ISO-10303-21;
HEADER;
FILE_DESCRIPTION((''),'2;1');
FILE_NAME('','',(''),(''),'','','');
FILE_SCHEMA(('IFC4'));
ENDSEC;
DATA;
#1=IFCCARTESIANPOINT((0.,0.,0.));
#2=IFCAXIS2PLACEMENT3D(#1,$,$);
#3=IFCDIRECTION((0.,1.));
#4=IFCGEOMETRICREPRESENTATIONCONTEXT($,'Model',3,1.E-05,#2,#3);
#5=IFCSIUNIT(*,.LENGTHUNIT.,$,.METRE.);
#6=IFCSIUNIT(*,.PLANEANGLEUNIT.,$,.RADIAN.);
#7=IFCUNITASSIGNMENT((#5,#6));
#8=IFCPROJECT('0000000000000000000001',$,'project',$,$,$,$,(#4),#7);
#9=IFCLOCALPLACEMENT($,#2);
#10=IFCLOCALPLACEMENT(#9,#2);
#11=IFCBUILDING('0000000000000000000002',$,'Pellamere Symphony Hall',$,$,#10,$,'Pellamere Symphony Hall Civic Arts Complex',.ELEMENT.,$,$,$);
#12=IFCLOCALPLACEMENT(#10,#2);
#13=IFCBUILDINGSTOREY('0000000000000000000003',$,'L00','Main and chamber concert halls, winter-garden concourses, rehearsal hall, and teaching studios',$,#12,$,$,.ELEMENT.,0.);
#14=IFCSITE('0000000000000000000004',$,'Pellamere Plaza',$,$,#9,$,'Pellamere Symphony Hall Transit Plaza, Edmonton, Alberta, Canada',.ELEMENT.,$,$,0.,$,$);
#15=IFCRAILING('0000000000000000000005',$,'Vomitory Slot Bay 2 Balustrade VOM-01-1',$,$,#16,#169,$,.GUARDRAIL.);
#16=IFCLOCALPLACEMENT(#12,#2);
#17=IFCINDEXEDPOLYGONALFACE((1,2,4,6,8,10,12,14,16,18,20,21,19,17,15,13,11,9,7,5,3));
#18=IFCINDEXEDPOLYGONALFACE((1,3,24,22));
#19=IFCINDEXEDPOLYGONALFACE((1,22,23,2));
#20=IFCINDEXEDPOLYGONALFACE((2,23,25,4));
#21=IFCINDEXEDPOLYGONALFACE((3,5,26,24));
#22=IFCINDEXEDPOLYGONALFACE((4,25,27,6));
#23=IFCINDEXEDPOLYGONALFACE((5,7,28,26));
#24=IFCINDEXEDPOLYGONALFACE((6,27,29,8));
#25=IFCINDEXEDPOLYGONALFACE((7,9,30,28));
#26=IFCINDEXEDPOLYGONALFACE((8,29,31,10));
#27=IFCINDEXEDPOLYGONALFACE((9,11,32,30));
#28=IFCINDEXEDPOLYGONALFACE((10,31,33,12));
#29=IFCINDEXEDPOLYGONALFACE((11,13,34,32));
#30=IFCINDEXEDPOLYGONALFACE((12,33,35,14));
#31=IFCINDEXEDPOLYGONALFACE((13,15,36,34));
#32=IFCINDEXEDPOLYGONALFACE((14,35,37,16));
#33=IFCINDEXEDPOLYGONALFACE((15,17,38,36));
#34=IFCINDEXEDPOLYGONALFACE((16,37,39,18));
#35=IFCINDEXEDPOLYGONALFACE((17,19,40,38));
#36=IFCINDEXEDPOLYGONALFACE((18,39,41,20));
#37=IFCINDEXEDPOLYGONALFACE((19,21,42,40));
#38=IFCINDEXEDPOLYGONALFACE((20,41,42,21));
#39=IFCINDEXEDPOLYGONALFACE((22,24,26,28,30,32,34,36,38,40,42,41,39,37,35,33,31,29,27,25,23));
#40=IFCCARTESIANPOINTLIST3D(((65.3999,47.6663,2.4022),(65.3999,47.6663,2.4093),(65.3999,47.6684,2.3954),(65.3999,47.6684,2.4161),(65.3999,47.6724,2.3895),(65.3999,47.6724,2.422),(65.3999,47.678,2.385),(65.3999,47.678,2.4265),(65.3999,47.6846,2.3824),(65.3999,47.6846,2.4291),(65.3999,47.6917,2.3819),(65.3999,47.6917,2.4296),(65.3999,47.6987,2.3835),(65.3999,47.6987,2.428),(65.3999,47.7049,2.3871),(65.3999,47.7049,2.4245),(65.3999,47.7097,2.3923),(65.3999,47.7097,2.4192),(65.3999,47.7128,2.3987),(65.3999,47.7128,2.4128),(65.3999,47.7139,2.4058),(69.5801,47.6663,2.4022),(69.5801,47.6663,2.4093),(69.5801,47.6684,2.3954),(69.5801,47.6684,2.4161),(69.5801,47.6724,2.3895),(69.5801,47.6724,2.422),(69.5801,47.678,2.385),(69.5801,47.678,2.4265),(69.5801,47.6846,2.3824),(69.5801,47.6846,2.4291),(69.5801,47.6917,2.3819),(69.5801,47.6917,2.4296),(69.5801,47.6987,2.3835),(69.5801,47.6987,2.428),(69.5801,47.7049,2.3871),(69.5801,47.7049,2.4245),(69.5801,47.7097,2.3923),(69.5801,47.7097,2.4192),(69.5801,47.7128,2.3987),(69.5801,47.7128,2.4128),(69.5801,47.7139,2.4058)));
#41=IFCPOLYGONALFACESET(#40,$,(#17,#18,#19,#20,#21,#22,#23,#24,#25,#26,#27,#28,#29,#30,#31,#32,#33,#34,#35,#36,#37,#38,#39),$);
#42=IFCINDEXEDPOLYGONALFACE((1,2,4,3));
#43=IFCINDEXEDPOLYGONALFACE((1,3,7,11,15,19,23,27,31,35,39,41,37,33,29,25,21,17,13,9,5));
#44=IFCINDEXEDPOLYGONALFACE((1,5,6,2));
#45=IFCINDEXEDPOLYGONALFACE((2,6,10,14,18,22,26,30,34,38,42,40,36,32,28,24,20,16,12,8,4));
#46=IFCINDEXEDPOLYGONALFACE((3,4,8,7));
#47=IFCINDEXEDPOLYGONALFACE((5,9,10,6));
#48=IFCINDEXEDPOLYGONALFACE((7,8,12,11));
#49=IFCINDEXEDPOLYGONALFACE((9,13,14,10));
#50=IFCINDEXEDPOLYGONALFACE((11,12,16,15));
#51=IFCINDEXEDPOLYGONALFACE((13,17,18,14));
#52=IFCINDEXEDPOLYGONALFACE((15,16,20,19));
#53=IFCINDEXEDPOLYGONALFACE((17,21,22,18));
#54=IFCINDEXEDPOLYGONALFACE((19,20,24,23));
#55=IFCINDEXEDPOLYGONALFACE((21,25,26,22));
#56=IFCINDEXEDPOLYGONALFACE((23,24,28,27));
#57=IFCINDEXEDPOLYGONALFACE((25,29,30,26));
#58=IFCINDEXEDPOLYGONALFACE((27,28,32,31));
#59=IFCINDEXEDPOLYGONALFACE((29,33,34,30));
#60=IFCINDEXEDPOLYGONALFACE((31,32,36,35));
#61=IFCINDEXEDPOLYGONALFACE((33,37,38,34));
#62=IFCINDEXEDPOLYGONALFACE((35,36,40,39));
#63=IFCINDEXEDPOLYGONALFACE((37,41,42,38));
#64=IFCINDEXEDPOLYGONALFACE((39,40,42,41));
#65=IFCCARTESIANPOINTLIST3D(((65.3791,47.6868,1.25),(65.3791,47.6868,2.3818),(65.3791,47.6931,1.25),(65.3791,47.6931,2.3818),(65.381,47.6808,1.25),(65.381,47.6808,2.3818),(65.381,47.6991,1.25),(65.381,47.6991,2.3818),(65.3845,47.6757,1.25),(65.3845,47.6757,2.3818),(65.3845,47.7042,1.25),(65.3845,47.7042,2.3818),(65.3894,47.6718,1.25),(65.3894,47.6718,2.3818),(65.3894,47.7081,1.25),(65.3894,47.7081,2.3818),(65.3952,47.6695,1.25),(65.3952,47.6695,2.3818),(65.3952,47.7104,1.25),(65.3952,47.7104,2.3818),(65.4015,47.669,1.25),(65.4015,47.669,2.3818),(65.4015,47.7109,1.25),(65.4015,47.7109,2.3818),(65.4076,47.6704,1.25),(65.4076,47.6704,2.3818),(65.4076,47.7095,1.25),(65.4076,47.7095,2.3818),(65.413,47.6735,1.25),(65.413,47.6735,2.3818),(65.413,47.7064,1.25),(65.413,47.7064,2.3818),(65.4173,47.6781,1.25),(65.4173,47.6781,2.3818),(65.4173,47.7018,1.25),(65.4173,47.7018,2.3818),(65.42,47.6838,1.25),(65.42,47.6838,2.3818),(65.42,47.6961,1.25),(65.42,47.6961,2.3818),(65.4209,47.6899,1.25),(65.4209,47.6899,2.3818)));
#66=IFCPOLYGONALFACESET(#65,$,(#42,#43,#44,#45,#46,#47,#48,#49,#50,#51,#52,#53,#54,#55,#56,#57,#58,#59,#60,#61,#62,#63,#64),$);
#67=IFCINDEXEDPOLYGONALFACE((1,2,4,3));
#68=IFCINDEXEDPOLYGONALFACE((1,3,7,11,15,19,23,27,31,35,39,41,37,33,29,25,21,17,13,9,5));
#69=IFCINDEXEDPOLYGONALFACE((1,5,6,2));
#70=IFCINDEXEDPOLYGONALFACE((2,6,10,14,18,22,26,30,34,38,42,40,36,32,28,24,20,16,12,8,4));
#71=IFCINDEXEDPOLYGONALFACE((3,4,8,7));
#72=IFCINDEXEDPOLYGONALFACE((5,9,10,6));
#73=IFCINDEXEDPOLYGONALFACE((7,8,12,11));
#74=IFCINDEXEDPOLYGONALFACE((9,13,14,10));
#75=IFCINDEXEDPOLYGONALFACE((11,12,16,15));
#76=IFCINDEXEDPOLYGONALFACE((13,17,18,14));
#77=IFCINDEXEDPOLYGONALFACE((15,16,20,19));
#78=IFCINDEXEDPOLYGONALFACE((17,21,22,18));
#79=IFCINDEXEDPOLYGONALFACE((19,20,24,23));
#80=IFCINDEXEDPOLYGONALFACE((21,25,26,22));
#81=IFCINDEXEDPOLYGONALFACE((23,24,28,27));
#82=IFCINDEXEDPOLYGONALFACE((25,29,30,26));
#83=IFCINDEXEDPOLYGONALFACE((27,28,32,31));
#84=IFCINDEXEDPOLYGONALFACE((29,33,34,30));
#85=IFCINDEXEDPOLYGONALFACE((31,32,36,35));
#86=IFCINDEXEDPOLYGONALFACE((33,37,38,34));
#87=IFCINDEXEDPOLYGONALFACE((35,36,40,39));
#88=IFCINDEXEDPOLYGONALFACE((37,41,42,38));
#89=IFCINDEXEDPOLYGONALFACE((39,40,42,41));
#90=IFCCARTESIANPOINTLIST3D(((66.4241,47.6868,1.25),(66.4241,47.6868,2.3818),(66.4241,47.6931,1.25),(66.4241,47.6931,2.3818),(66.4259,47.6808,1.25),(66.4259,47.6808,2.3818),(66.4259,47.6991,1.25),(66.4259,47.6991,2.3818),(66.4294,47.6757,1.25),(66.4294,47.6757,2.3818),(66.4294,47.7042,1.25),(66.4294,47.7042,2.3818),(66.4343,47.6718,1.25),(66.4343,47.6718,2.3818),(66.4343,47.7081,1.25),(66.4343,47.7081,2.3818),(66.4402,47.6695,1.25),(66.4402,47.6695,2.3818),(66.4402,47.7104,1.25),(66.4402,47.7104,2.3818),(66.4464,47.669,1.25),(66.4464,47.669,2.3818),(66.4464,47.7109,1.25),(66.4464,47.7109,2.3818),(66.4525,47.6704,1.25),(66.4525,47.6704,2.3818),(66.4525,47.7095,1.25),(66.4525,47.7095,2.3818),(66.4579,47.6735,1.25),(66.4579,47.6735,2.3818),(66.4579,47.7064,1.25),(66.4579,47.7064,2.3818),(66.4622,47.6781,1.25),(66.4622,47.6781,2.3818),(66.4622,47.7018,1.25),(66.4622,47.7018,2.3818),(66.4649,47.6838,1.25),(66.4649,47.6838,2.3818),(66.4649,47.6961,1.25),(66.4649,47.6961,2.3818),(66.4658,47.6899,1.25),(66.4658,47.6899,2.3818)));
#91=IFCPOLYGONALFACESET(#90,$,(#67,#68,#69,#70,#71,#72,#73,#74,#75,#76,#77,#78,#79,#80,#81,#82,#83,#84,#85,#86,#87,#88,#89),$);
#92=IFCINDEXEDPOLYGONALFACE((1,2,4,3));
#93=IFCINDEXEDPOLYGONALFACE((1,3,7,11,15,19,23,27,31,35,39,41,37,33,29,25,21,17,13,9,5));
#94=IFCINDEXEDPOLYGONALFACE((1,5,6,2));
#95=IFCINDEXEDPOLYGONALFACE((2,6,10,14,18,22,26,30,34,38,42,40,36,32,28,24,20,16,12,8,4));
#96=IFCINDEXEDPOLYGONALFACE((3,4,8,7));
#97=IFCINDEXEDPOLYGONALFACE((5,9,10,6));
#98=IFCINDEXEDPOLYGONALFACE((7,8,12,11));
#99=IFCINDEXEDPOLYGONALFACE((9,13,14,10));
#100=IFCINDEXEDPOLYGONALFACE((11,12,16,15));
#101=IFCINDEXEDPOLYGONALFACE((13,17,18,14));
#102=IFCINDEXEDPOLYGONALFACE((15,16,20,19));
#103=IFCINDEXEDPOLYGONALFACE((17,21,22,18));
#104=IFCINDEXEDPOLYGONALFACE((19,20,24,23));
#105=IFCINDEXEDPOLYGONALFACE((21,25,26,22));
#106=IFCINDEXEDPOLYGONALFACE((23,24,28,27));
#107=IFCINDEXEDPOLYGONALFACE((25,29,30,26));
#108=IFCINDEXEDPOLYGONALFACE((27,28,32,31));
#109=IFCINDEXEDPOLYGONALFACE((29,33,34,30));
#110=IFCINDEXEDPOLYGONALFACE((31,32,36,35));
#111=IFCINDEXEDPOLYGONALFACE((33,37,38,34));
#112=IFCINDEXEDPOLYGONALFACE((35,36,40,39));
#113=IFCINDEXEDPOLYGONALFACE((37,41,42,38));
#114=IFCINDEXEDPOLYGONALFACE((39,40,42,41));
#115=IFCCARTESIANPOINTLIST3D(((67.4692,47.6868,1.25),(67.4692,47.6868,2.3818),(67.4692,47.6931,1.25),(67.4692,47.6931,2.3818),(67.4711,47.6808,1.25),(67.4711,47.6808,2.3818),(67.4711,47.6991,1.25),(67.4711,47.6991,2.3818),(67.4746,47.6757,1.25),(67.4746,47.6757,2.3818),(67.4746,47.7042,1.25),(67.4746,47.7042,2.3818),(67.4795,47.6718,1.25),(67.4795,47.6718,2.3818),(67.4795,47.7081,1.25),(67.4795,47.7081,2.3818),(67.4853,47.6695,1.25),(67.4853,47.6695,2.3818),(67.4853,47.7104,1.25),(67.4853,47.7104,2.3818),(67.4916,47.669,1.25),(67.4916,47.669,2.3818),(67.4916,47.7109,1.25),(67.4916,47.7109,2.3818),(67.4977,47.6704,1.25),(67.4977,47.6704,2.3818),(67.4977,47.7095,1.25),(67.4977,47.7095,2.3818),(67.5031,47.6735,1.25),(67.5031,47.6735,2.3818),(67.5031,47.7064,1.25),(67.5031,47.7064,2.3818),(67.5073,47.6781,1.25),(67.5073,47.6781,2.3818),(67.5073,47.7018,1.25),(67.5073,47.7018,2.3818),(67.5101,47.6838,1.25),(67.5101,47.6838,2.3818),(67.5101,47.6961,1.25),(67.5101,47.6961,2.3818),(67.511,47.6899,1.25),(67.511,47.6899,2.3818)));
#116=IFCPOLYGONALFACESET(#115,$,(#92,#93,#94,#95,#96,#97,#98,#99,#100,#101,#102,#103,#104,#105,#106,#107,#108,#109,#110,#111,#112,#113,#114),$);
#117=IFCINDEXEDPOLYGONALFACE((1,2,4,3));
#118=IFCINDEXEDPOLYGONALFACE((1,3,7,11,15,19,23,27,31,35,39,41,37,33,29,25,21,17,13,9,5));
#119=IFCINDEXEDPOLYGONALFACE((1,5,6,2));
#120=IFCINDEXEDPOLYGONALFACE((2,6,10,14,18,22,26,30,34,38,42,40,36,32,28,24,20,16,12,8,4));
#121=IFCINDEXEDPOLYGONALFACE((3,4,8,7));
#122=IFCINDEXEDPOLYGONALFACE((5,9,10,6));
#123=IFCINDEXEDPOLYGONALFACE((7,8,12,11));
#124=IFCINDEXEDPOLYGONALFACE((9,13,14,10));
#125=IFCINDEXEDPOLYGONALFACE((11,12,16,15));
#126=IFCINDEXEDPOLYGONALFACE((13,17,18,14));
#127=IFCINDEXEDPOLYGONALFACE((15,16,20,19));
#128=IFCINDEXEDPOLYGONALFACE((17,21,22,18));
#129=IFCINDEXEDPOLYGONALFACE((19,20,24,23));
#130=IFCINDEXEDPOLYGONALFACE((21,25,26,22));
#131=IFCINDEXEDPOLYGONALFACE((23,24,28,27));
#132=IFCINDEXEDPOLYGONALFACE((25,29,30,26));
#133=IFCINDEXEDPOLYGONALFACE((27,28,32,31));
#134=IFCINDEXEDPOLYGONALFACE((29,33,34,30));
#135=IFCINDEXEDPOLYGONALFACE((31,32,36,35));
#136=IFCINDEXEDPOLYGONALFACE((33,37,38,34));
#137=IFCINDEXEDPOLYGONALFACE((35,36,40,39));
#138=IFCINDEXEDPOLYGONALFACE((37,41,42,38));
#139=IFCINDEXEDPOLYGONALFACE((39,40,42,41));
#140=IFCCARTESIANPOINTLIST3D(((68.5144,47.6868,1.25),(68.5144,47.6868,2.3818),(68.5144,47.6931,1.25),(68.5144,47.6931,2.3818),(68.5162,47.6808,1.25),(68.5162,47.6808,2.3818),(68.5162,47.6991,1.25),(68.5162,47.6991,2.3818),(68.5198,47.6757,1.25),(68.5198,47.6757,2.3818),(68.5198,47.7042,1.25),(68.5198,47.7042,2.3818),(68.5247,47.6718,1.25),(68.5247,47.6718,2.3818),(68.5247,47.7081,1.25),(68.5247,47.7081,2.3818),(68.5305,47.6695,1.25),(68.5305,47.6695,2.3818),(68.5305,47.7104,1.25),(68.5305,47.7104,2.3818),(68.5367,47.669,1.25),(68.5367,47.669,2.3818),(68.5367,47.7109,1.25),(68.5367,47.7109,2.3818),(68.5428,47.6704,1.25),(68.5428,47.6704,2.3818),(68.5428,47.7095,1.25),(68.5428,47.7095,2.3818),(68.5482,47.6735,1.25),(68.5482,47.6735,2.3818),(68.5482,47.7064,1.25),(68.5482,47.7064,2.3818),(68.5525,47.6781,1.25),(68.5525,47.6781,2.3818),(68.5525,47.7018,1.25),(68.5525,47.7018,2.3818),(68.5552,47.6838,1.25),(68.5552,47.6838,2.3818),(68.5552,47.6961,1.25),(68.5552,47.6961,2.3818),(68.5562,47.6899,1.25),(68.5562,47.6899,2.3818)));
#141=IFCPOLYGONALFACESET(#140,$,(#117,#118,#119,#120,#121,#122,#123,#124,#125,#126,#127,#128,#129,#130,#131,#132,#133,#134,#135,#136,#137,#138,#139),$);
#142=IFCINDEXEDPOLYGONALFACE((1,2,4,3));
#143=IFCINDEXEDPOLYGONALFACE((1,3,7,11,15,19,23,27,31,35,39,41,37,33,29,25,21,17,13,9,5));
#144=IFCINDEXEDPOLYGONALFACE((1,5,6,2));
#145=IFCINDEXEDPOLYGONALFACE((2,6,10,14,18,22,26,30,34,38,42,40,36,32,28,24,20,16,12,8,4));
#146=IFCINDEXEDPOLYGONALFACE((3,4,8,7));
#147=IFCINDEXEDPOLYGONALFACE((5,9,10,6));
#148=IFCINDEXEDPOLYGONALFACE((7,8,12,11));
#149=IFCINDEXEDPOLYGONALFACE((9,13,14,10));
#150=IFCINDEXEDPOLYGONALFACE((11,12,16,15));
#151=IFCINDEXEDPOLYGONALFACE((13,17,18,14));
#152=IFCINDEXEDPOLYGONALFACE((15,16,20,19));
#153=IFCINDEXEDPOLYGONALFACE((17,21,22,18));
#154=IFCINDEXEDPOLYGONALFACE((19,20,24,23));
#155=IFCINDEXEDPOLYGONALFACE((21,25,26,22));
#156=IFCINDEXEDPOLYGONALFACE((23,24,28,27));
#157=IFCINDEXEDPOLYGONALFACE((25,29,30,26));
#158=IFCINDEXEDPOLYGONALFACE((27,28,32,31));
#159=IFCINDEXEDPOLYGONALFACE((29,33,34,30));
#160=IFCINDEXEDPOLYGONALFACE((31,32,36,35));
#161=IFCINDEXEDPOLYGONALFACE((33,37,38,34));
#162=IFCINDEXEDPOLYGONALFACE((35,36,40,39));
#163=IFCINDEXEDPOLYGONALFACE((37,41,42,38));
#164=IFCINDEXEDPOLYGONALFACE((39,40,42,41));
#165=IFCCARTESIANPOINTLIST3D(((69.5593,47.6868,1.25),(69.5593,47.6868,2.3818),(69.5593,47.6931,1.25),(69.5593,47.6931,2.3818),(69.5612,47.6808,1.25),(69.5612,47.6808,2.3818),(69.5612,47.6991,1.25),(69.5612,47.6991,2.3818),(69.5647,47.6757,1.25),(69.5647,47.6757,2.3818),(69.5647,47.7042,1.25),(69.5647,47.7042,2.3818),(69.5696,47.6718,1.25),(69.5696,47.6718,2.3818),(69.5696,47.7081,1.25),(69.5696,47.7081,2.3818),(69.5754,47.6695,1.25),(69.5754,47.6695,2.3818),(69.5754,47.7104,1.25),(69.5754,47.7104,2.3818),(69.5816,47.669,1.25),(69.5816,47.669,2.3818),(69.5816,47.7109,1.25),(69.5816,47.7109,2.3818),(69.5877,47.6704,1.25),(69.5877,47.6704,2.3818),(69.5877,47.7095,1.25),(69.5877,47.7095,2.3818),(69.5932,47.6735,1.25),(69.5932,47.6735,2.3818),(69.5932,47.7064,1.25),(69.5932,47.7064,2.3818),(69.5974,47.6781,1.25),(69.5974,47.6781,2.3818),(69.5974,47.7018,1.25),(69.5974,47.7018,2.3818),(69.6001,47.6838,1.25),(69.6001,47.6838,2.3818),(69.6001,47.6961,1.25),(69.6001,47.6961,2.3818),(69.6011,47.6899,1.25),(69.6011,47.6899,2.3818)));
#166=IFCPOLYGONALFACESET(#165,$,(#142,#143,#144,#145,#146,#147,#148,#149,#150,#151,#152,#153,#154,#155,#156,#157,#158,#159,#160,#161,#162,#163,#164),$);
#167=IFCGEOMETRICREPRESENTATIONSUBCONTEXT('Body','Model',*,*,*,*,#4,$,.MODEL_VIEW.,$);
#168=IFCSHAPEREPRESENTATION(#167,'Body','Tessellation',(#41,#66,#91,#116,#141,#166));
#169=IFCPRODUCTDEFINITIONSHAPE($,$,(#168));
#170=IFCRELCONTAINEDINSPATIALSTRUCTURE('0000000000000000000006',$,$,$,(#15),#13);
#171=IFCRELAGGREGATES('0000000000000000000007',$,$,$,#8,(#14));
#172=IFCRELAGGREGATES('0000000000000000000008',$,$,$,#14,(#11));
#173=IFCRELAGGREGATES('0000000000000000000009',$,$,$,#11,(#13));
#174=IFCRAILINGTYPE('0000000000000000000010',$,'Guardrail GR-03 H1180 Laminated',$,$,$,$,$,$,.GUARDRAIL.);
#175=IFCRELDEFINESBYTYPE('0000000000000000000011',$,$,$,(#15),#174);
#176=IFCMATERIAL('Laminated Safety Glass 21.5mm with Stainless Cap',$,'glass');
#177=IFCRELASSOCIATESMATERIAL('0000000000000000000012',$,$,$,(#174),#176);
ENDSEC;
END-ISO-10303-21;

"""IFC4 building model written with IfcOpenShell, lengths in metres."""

from ifc_helpers import new_model, si_unit, direction, frame, origin, origin_2d, place, context, subcontext, project, spatial, circle, extrude, material, type_object, element, save


model = new_model("IFC4")

# Units and contexts
model_context = context("Model", 3, precision=1e-05, world=origin(), true_north=direction((0.0, 1.0)))
body_context = subcontext(model_context, "Body", "Model", "MODEL_VIEW")
ifc_project = project(units=[si_unit("LENGTHUNIT", "METRE"), si_unit("PLANEANGLEUNIT", "RADIAN")], contexts=[model_context])

# Site, building, storey
site_placement = place(None, origin())
site = spatial("IfcSite", under=ifc_project, at=site_placement, Name="Pellamere Plaza", LongName="Pellamere Symphony Hall Transit Plaza, Edmonton, Alberta, Canada", CompositionType="ELEMENT", RefElevation=0.0)
building_placement = place(site_placement, origin())
building = spatial("IfcBuilding", under=site, at=building_placement, Name="Pellamere Symphony Hall", LongName="Pellamere Symphony Hall Civic Arts Complex", CompositionType="ELEMENT")
storey_placement = place(building_placement, origin())
storey = spatial("IfcBuildingStorey", under=building, at=storey_placement, Name="L00", Description="Main and chamber concert halls, winter-garden concourses, rehearsal hall, and teaching studios", CompositionType="ELEMENT", Elevation=0.0)

# Railing
ifc_material_1 = material(Name="Laminated Safety Glass 21.5mm with Stainless Cap", Category="glass")
railing_type_1 = type_object("IfcRailingType", Name="Guardrail GR-03 H1180 Laminated", PredefinedType="GUARDRAIL", material=ifc_material_1)
railing_1_placement = place(storey_placement, frame((65.3999, 47.6899, 1.25)))
element("IfcRailing", 1, at=railing_1_placement, inside=storey, type_object=railing_type_1, Name="Vomitory Slot Bay 2 Balustrade VOM-01-1", PredefinedType="GUARDRAIL", context=body_context, shape_type="SweptSolid", body=[
    extrude(circle(Radius=0.0239, at=origin_2d()), frame((0.0, 0.0, 1.1558), z_axis=(1.0, 0.0, 0.0), x_axis=(0.0, 1.0, 0.0)), (0.0, 0.0, 1.0), 4.1802),
    extrude(circle(Radius=0.021, at=origin_2d()), origin(), (0.0, 0.0, 1.0), 1.1318),
    extrude(circle(Radius=0.021, at=origin_2d()), frame((1.0449, 0.0, 0.0)), (0.0, 0.0, 1.0), 1.1318),
    extrude(circle(Radius=0.021, at=origin_2d()), frame((2.0901, 0.0, 0.0)), (0.0, 0.0, 1.0), 1.1318),
    extrude(circle(Radius=0.021, at=origin_2d()), frame((3.1353, 0.0, 0.0)), (0.0, 0.0, 1.0), 1.1318),
    extrude(circle(Radius=0.021, at=origin_2d()), frame((4.1802, 0.0, 0.0)), (0.0, 0.0, 1.0), 1.1318),
])

save(model, "model.ifc")
